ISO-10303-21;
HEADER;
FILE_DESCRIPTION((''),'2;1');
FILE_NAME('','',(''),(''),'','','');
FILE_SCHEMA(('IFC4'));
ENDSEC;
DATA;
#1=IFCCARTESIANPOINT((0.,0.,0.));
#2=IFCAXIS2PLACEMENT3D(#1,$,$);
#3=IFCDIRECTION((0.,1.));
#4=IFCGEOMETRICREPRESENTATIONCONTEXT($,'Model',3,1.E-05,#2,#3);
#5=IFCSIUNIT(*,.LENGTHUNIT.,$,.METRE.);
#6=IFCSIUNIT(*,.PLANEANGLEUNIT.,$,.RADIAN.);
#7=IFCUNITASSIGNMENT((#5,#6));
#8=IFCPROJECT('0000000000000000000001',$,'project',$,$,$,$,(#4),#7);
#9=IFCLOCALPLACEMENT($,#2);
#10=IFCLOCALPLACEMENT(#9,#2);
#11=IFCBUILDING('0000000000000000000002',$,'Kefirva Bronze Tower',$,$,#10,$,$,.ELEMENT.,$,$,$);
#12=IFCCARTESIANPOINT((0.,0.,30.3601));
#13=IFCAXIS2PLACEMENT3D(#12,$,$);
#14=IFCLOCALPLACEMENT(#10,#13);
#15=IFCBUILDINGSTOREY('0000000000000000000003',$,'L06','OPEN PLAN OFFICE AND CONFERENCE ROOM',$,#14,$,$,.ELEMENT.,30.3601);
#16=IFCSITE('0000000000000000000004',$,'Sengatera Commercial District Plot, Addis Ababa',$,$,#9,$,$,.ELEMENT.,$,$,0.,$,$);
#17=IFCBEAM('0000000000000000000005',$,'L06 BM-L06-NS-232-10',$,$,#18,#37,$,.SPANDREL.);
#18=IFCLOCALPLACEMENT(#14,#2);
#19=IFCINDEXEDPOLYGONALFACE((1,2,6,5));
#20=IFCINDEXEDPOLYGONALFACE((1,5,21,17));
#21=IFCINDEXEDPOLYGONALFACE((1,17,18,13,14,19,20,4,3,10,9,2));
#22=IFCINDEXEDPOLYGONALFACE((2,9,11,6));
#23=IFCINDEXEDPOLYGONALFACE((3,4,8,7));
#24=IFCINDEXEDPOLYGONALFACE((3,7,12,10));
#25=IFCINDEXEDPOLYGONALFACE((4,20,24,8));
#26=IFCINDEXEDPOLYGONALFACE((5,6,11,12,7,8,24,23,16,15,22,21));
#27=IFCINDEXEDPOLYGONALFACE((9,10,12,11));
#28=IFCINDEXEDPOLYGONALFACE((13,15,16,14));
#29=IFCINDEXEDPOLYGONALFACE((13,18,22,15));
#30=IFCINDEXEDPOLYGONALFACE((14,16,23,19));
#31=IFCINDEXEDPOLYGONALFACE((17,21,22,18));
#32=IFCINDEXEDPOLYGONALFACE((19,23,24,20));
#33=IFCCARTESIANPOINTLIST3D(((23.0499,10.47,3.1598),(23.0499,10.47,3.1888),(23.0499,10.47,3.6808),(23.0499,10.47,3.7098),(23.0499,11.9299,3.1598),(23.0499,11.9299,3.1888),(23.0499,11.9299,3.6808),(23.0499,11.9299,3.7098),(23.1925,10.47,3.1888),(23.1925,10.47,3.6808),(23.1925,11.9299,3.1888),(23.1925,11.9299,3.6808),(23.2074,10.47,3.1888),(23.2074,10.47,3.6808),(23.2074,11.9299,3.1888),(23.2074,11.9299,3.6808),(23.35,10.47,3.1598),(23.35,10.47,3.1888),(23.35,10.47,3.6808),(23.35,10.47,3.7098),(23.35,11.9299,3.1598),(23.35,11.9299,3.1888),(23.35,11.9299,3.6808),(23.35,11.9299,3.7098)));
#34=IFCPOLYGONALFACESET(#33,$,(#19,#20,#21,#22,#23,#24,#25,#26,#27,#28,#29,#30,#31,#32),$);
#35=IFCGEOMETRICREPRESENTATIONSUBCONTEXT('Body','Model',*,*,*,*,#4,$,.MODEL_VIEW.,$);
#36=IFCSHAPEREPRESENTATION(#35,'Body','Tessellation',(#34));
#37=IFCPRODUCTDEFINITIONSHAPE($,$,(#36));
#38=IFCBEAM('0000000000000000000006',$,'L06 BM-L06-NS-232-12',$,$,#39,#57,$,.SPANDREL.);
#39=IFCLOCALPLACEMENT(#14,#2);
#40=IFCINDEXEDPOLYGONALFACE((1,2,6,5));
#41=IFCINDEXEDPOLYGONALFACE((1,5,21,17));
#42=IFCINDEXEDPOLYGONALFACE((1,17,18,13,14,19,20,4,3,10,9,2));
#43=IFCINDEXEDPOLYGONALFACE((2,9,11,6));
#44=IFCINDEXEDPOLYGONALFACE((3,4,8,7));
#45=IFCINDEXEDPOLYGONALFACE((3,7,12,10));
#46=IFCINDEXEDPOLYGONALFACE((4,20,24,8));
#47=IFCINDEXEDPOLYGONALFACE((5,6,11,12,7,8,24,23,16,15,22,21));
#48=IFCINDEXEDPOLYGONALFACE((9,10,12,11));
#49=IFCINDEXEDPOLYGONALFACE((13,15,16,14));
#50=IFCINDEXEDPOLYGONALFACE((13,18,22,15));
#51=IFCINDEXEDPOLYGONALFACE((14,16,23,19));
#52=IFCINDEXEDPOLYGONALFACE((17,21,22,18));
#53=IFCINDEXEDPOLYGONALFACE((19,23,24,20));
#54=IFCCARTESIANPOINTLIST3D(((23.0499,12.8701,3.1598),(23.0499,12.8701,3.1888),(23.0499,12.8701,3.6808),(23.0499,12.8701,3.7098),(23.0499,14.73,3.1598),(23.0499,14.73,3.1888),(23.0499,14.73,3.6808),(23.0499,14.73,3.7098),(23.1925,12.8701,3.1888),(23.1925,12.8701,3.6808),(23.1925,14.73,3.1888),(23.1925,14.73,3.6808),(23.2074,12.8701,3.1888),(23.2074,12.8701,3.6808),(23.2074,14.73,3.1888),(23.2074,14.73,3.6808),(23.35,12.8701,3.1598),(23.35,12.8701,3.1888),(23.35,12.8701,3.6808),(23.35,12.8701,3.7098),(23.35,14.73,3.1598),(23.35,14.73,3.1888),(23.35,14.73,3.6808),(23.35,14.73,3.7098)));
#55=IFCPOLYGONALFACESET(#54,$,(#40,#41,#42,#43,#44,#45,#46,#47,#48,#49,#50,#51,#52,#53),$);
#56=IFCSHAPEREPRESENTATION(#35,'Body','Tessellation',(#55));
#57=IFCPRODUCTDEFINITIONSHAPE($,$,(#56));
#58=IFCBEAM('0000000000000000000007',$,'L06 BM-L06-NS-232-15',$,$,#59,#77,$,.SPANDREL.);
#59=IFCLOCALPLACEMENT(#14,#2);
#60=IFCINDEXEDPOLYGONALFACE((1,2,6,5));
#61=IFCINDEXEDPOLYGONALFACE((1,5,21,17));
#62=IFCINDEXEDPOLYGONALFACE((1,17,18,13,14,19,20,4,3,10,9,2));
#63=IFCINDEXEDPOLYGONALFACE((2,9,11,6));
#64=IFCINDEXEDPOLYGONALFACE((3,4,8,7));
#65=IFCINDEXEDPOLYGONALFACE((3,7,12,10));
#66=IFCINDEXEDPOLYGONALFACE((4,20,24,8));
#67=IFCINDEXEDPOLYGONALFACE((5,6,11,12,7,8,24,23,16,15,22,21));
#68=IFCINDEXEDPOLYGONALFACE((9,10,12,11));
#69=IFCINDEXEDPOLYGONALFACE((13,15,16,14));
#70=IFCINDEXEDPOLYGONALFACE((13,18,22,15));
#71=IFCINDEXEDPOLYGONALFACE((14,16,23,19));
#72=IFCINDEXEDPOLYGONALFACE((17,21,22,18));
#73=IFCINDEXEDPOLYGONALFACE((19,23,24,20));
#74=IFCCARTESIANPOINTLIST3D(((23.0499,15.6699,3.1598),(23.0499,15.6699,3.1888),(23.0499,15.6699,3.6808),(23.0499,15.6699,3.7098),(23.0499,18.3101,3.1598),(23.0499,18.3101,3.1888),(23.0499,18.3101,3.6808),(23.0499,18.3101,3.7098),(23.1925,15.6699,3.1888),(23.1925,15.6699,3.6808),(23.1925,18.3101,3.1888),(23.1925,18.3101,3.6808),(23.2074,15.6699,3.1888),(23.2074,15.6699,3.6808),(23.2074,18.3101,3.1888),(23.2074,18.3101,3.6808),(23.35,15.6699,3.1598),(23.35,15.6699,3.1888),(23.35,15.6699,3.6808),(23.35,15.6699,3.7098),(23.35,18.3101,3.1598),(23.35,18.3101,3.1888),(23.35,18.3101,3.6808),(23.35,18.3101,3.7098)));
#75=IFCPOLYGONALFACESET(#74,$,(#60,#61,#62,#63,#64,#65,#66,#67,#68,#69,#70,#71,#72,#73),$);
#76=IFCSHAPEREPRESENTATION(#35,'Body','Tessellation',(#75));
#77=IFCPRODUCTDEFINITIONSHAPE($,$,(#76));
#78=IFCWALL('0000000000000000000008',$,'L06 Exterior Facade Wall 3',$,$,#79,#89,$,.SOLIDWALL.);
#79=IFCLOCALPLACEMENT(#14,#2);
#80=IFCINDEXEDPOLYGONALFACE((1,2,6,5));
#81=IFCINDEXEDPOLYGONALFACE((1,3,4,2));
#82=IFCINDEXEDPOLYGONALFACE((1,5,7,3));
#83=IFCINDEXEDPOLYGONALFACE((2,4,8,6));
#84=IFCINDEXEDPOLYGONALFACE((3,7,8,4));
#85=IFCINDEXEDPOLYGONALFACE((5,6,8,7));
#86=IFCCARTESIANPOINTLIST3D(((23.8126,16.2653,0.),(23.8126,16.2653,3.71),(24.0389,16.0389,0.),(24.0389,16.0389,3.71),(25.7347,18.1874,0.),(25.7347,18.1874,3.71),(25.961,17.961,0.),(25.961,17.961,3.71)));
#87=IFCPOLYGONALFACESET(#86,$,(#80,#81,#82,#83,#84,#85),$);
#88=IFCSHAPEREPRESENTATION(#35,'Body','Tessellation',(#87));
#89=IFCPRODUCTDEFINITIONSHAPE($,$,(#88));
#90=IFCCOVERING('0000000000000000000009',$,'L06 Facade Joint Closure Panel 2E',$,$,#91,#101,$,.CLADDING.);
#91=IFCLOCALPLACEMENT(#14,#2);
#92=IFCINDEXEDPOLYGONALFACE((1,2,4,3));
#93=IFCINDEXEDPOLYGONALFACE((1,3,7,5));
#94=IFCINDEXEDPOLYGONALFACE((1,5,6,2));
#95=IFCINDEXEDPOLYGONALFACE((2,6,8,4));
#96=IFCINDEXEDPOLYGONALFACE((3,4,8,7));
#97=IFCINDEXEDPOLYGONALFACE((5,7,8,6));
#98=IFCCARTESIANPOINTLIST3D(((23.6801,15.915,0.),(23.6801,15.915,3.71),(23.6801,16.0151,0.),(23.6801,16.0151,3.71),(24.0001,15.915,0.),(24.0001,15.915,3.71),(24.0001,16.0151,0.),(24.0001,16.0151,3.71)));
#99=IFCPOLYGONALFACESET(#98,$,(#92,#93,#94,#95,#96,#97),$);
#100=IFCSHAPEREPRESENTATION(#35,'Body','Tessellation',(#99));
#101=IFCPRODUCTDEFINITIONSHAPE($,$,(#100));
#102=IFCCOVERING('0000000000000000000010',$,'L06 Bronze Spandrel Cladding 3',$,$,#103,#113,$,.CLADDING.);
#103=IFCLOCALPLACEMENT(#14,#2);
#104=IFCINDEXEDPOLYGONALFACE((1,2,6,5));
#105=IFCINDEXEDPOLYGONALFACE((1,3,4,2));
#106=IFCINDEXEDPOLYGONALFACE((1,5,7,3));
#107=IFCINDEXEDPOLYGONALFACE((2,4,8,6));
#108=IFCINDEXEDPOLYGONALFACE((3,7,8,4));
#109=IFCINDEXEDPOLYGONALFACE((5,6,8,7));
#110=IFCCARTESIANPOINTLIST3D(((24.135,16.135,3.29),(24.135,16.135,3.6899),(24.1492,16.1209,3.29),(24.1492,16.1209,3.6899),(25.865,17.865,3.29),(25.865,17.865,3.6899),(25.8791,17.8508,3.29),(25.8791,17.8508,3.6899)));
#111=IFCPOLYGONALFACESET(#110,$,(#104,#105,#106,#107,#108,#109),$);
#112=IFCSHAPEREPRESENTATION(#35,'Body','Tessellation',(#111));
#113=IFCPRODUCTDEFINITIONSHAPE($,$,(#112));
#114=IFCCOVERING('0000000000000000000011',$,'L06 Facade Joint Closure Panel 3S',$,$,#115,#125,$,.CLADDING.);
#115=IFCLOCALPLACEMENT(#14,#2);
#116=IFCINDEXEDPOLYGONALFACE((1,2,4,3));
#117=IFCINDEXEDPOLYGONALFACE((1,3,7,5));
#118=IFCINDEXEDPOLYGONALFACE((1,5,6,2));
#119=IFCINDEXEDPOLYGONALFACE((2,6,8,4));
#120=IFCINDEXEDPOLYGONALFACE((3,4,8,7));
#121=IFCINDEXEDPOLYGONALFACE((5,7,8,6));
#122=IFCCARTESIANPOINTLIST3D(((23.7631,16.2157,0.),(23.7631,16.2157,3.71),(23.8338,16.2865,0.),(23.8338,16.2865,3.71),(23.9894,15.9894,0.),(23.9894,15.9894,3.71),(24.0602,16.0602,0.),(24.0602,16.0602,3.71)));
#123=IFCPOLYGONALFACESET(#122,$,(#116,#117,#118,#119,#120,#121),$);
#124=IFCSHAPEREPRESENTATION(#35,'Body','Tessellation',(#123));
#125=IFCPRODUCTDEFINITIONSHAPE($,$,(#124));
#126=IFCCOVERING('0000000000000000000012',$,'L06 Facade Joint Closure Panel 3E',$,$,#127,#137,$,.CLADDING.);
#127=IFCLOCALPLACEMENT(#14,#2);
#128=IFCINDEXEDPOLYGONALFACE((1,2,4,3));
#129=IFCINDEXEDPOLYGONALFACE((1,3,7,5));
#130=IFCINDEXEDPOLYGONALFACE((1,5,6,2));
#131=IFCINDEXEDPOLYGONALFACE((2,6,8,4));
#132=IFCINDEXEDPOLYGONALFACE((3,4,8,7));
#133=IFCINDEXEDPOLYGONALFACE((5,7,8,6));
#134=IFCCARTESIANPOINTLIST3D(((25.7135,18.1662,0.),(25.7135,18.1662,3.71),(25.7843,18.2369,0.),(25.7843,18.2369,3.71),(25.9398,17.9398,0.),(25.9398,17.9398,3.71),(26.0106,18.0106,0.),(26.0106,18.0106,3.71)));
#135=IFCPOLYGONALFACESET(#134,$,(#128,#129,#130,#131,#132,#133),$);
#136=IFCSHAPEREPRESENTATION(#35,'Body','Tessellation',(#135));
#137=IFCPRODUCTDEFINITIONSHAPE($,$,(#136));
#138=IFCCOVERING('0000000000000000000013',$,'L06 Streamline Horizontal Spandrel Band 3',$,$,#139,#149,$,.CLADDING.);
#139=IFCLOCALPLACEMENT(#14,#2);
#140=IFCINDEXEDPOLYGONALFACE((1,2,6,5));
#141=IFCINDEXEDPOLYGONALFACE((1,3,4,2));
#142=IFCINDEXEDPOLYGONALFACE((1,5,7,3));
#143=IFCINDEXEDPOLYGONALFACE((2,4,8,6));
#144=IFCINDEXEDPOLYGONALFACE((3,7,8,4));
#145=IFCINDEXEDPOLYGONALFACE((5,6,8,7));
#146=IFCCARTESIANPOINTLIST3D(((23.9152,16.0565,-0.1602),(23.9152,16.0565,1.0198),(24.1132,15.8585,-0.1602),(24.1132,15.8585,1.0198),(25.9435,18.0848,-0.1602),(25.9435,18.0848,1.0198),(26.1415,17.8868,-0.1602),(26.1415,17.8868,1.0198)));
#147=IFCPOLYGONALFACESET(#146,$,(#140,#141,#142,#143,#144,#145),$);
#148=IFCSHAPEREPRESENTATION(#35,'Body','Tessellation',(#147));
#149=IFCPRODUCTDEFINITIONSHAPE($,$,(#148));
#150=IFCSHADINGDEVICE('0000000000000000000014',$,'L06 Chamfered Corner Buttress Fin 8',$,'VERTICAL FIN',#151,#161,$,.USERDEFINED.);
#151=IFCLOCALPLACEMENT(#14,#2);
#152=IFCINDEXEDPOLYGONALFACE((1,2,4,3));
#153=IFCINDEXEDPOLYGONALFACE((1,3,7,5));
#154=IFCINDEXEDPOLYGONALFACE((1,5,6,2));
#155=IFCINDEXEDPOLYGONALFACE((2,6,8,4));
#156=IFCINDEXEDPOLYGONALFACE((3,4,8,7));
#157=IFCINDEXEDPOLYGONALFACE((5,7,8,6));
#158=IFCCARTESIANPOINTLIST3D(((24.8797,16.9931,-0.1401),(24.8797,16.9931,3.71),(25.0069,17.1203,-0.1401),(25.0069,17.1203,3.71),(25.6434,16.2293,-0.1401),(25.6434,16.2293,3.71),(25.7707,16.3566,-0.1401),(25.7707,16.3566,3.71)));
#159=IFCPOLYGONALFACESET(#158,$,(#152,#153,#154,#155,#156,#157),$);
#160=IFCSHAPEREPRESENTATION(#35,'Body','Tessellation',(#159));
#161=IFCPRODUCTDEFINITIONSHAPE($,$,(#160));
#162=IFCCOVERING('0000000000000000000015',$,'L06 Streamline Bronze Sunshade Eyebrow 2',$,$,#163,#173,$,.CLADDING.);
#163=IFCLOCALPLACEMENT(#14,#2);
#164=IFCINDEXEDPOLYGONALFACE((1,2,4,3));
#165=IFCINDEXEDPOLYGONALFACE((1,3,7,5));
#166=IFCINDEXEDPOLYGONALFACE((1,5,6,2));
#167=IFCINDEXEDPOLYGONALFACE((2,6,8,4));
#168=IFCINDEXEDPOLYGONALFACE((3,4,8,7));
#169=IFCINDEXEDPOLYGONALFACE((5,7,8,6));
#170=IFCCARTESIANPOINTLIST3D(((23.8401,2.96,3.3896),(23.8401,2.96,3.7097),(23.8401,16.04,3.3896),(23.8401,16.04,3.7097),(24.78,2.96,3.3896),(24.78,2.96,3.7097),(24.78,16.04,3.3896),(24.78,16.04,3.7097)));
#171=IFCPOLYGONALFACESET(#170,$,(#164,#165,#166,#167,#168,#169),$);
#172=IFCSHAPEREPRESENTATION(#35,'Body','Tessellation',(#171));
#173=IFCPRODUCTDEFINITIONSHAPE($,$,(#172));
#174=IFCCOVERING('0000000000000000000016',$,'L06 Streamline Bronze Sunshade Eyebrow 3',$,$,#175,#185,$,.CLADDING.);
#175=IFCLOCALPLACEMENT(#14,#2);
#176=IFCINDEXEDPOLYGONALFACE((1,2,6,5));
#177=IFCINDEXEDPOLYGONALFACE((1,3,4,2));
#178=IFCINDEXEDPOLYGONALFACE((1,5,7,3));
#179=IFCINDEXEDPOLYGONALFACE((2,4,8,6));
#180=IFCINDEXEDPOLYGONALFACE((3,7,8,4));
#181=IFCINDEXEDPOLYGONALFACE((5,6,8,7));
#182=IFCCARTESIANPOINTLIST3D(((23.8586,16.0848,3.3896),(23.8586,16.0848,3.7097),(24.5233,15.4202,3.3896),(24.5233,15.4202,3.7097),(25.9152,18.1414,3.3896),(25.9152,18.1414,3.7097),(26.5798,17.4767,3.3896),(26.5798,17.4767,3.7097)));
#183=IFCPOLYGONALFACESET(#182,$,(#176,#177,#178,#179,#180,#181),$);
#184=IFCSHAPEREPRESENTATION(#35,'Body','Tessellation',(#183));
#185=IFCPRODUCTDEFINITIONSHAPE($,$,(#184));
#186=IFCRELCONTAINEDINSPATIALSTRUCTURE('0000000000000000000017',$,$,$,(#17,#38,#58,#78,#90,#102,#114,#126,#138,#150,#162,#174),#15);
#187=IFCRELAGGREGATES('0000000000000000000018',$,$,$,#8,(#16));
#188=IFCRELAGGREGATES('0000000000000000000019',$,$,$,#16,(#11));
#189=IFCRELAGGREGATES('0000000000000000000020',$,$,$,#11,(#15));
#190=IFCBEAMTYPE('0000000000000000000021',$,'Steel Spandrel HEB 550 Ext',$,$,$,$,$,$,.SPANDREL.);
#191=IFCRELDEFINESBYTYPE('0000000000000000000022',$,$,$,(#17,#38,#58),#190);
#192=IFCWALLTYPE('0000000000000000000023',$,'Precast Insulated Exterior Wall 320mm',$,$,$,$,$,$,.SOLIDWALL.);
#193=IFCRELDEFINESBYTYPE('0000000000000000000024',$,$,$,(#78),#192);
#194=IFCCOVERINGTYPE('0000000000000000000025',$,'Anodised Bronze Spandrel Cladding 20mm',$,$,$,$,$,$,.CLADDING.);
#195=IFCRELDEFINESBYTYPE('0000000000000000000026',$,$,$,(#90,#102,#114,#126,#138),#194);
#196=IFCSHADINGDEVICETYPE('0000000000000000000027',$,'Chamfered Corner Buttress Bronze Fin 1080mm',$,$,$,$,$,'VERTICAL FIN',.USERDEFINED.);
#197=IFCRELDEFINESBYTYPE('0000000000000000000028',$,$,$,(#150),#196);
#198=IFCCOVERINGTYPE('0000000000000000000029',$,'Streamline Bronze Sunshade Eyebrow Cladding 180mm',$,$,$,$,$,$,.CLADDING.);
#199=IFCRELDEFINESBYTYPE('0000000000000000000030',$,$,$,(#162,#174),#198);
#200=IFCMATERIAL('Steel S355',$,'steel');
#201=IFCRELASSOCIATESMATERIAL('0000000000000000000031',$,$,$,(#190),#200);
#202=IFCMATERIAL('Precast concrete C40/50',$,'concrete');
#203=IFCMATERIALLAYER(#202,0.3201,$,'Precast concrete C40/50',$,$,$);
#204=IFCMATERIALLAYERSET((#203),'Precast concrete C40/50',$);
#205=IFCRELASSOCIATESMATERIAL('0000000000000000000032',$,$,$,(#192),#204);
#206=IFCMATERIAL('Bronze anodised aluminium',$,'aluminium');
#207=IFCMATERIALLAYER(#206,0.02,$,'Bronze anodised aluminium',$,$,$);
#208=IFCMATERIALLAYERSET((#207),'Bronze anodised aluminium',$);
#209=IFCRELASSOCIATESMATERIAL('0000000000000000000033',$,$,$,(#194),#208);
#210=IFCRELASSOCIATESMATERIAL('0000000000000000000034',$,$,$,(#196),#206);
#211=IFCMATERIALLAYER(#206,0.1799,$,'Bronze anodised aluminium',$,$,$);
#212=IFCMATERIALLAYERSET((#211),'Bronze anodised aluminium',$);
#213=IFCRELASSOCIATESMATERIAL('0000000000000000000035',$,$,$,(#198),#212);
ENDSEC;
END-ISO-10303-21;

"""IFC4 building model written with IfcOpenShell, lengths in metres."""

from ifc_helpers import new_model, si_unit, direction, frame, frame_2d, origin, origin_2d, place, context, subcontext, project, spatial, rectangle, i_section, extrude, material, layer, layer_set, material_profile, profile_set, type_object, element, save


model = new_model("IFC4")

# Units and contexts
model_context = context("Model", 3, precision=1e-05, world=origin(), true_north=direction((0.0, 1.0)))
body_context = subcontext(model_context, "Body", "Model", "MODEL_VIEW")
ifc_project = project(units=[si_unit("LENGTHUNIT", "METRE"), si_unit("PLANEANGLEUNIT", "RADIAN")], contexts=[model_context])

# Site, building, storey
site_placement = place(None, origin())
site = spatial("IfcSite", under=ifc_project, at=site_placement, Name="Sengatera Commercial District Plot, Addis Ababa", CompositionType="ELEMENT", RefElevation=0.0)
building_placement = place(site_placement, origin())
building = spatial("IfcBuilding", under=site, at=building_placement, Name="Kefirva Bronze Tower", CompositionType="ELEMENT")
storey_placement = place(building_placement, frame((0.0, 0.0, 30.3601)))
storey = spatial("IfcBuildingStorey", under=building, at=storey_placement, Name="L06", Description="OPEN PLAN OFFICE AND CONFERENCE ROOM", CompositionType="ELEMENT", Elevation=30.3601)

# Shared definitions
ifc_material_1 = material(Name="Bronze anodised aluminium", Category="aluminium")

# Beams
ifc_material_2 = material(Name="Steel S355", Category="steel")
ifc_material_profile_1 = material_profile(ifc_material_2, i_section(OverallWidth=0.3, OverallDepth=0.55, WebThickness=0.0149, FlangeThickness=0.0291, at=origin_2d()), Name="HEB 550")
ifc_profile_set_1 = profile_set([ifc_material_profile_1], Name="Steel S355")
beam_type_1 = type_object("IfcBeamType", Name="Steel Spandrel HEB 550 Ext", PredefinedType="SPANDREL", material=ifc_profile_set_1)
beam_1_placement = place(storey_placement, frame((23.2, 10.47, 3.4348), z_axis=(0.0, 1.0, 0.0), x_axis=(-1.0, 0.0, 0.0)))
element("IfcBeam", 1, at=beam_1_placement, inside=storey, type_object=beam_type_1, Name="L06 BM-L06-NS-232-10", PredefinedType="SPANDREL", context=body_context, shape_type="SweptSolid", body=[
    extrude(i_section(OverallWidth=0.3, OverallDepth=0.55, WebThickness=0.0149, FlangeThickness=0.0291, at=origin_2d()), origin(), (0.0, 0.0, 1.0), 1.46),
])
beam_2_placement = place(storey_placement, frame((23.2, 12.8701, 3.4348), z_axis=(0.0, 1.0, 0.0), x_axis=(-1.0, 0.0, 0.0)))
element("IfcBeam", 2, at=beam_2_placement, inside=storey, type_object=beam_type_1, Name="L06 BM-L06-NS-232-12", PredefinedType="SPANDREL", context=body_context, shape_type="SweptSolid", body=[
    extrude(i_section(OverallWidth=0.3, OverallDepth=0.55, WebThickness=0.0149, FlangeThickness=0.0291, at=origin_2d()), origin(), (0.0, 0.0, 1.0), 1.8599),
])
beam_3_placement = place(storey_placement, frame((23.2, 15.6699, 3.4348), z_axis=(0.0, 1.0, 0.0), x_axis=(-1.0, 0.0, 0.0)))
element("IfcBeam", 3, at=beam_3_placement, inside=storey, type_object=beam_type_1, Name="L06 BM-L06-NS-232-15", PredefinedType="SPANDREL", context=body_context, shape_type="SweptSolid", body=[
    extrude(i_section(OverallWidth=0.3, OverallDepth=0.55, WebThickness=0.0149, FlangeThickness=0.0291, at=origin_2d()), origin(), (0.0, 0.0, 1.0), 2.6401),
])

# Wall
ifc_material_3 = material(Name="Precast concrete C40/50", Category="concrete")
ifc_layer_1 = layer(ifc_material_3, 0.3201, Name="Precast concrete C40/50")
ifc_layer_set_1 = layer_set([ifc_layer_1], Name="Precast concrete C40/50")
wall_type = type_object("IfcWallType", Name="Precast Insulated Exterior Wall 320mm", PredefinedType="SOLIDWALL", material=ifc_layer_set_1)
wall_placement = place(storey_placement, frame((23.9258, 16.1521, 0.0), z_axis=(0.0, 0.0, 1.0), x_axis=(0.707107, 0.707107, 0.0)))
element("IfcWall", 4, at=wall_placement, inside=storey, type_object=wall_type, Name="L06 Exterior Facade Wall 3", PredefinedType="SOLIDWALL", context=body_context, shape_type="SweptSolid", body=[
    extrude(rectangle(XDim=2.7183, YDim=0.3201, at=frame_2d((1.3591, 0.0))), origin(), (0.0, 0.0, 1.0), 3.71),
])

# Coverings
ifc_layer_2 = layer(ifc_material_1, 0.02, Name="Bronze anodised aluminium")
ifc_layer_set_2 = layer_set([ifc_layer_2], Name="Bronze anodised aluminium")
covering_type_1 = type_object("IfcCoveringType", Name="Anodised Bronze Spandrel Cladding 20mm", PredefinedType="CLADDING", material=ifc_layer_set_2)
covering_1_placement = place(storey_placement, frame((23.8401, 15.9651, 0.0), z_axis=(0.0, 0.0, 1.0), x_axis=(0.0, 1.0, 0.0)))
element("IfcCovering", 5, at=covering_1_placement, inside=storey, type_object=covering_type_1, Name="L06 Facade Joint Closure Panel 2E", PredefinedType="CLADDING", context=body_context, shape_type="SweptSolid", body=[
    extrude(rectangle(XDim=0.1001, YDim=0.3201, at=origin_2d()), origin(), (0.0, 0.0, 1.0), 3.71),
])
covering_2_placement = place(storey_placement, frame((25.0071, 16.9929, 3.29), z_axis=(0.0, 0.0, 1.0), x_axis=(0.707107, 0.707107, 0.0)))
element("IfcCovering", 6, at=covering_2_placement, inside=storey, type_object=covering_type_1, Name="L06 Bronze Spandrel Cladding 3", PredefinedType="CLADDING", context=body_context, shape_type="SweptSolid", body=[
    extrude(rectangle(XDim=2.4465, YDim=0.02, at=origin_2d()), origin(), (0.0, 0.0, 1.0), 0.3999),
])
for number, where, z_axis, x_axis, name in (
    (7, (23.9116, 16.1379, 0.0), (0.0, 0.0, 1.0), (0.707107, 0.707107, 0.0), "L06 Facade Joint Closure Panel 3S"),
    (8, (25.8621, 18.0884, 0.0), (0.0, 0.0, 1.0), (0.707107, 0.707107, 0.0), "L06 Facade Joint Closure Panel 3E"),
):
    element("IfcCovering", number, at=place(storey_placement, frame(where, z_axis=z_axis, x_axis=x_axis)), inside=storey, type_object=covering_type_1, Name=name, PredefinedType="CLADDING", context=body_context, shape_type="SweptSolid", body=[
        extrude(rectangle(XDim=0.1001, YDim=0.3201, at=origin_2d()), origin(), (0.0, 0.0, 1.0), 3.71),
    ])
covering_3_placement = place(storey_placement, frame((25.0283, 16.9717, -0.1602), z_axis=(0.0, 0.0, 1.0), x_axis=(0.707107, 0.707107, 0.0)))
element("IfcCovering", 9, at=covering_3_placement, inside=storey, type_object=covering_type_1, Name="L06 Streamline Horizontal Spandrel Band 3", PredefinedType="CLADDING", context=body_context, shape_type="SweptSolid", body=[
    extrude(rectangle(XDim=2.8684, YDim=0.28, at=origin_2d()), origin(), (0.0, 0.0, 1.0), 1.1799),
])

# Shading device
ifc_material_profile_2 = material_profile(ifc_material_1, rectangle(XDim=0.1799, YDim=1.0801, at=origin_2d()), Name="BRONZE BUTTRESS FIN 180x1080")
ifc_profile_set_2 = profile_set([ifc_material_profile_2], Name="Bronze anodised aluminium")
shading_device_type = type_object("IfcShadingDeviceType", Name="Chamfered Corner Buttress Bronze Fin 1080mm", ElementType="VERTICAL FIN", PredefinedType="USERDEFINED", material=ifc_profile_set_2)
shading_device_placement = place(storey_placement, frame((25.3252, 16.6748, -0.1401), z_axis=(0.0, 0.0, 1.0), x_axis=(0.707107, 0.707107, 0.0)))
element("IfcShadingDevice", 10, at=shading_device_placement, inside=storey, type_object=shading_device_type, Name="L06 Chamfered Corner Buttress Fin 8", ObjectType="VERTICAL FIN", PredefinedType="USERDEFINED", context=body_context, shape_type="SweptSolid", body=[
    extrude(rectangle(XDim=0.1799, YDim=1.0801, at=origin_2d()), origin(), (0.0, 0.0, 1.0), 3.8501),
])

# Coverings
ifc_layer_3 = layer(ifc_material_1, 0.1799, Name="Bronze anodised aluminium")
ifc_layer_set_3 = layer_set([ifc_layer_3], Name="Bronze anodised aluminium")
covering_type_2 = type_object("IfcCoveringType", Name="Streamline Bronze Sunshade Eyebrow Cladding 180mm", PredefinedType="CLADDING", material=ifc_layer_set_3)
covering_4_placement = place(storey_placement, frame((24.3101, 9.5, 3.3896), z_axis=(0.0, 0.0, 1.0), x_axis=(0.0, 1.0, 0.0)))
element("IfcCovering", 11, at=covering_4_placement, inside=storey, type_object=covering_type_2, Name="L06 Streamline Bronze Sunshade Eyebrow 2", PredefinedType="CLADDING", context=body_context, shape_type="SweptSolid", body=[
    extrude(rectangle(XDim=13.0801, YDim=0.9399, at=origin_2d()), origin(), (0.0, 0.0, 1.0), 0.3201),
])
covering_5_placement = place(storey_placement, frame((25.2192, 16.7808, 3.3896), z_axis=(0.0, 0.0, 1.0), x_axis=(0.707107, 0.707107, 0.0)))
element("IfcCovering", 12, at=covering_5_placement, inside=storey, type_object=covering_type_2, Name="L06 Streamline Bronze Sunshade Eyebrow 3", PredefinedType="CLADDING", context=body_context, shape_type="SweptSolid", body=[
    extrude(rectangle(XDim=2.9084, YDim=0.9399, at=origin_2d()), origin(), (0.0, 0.0, 1.0), 0.3201),
])

save(model, "model.ifc")
